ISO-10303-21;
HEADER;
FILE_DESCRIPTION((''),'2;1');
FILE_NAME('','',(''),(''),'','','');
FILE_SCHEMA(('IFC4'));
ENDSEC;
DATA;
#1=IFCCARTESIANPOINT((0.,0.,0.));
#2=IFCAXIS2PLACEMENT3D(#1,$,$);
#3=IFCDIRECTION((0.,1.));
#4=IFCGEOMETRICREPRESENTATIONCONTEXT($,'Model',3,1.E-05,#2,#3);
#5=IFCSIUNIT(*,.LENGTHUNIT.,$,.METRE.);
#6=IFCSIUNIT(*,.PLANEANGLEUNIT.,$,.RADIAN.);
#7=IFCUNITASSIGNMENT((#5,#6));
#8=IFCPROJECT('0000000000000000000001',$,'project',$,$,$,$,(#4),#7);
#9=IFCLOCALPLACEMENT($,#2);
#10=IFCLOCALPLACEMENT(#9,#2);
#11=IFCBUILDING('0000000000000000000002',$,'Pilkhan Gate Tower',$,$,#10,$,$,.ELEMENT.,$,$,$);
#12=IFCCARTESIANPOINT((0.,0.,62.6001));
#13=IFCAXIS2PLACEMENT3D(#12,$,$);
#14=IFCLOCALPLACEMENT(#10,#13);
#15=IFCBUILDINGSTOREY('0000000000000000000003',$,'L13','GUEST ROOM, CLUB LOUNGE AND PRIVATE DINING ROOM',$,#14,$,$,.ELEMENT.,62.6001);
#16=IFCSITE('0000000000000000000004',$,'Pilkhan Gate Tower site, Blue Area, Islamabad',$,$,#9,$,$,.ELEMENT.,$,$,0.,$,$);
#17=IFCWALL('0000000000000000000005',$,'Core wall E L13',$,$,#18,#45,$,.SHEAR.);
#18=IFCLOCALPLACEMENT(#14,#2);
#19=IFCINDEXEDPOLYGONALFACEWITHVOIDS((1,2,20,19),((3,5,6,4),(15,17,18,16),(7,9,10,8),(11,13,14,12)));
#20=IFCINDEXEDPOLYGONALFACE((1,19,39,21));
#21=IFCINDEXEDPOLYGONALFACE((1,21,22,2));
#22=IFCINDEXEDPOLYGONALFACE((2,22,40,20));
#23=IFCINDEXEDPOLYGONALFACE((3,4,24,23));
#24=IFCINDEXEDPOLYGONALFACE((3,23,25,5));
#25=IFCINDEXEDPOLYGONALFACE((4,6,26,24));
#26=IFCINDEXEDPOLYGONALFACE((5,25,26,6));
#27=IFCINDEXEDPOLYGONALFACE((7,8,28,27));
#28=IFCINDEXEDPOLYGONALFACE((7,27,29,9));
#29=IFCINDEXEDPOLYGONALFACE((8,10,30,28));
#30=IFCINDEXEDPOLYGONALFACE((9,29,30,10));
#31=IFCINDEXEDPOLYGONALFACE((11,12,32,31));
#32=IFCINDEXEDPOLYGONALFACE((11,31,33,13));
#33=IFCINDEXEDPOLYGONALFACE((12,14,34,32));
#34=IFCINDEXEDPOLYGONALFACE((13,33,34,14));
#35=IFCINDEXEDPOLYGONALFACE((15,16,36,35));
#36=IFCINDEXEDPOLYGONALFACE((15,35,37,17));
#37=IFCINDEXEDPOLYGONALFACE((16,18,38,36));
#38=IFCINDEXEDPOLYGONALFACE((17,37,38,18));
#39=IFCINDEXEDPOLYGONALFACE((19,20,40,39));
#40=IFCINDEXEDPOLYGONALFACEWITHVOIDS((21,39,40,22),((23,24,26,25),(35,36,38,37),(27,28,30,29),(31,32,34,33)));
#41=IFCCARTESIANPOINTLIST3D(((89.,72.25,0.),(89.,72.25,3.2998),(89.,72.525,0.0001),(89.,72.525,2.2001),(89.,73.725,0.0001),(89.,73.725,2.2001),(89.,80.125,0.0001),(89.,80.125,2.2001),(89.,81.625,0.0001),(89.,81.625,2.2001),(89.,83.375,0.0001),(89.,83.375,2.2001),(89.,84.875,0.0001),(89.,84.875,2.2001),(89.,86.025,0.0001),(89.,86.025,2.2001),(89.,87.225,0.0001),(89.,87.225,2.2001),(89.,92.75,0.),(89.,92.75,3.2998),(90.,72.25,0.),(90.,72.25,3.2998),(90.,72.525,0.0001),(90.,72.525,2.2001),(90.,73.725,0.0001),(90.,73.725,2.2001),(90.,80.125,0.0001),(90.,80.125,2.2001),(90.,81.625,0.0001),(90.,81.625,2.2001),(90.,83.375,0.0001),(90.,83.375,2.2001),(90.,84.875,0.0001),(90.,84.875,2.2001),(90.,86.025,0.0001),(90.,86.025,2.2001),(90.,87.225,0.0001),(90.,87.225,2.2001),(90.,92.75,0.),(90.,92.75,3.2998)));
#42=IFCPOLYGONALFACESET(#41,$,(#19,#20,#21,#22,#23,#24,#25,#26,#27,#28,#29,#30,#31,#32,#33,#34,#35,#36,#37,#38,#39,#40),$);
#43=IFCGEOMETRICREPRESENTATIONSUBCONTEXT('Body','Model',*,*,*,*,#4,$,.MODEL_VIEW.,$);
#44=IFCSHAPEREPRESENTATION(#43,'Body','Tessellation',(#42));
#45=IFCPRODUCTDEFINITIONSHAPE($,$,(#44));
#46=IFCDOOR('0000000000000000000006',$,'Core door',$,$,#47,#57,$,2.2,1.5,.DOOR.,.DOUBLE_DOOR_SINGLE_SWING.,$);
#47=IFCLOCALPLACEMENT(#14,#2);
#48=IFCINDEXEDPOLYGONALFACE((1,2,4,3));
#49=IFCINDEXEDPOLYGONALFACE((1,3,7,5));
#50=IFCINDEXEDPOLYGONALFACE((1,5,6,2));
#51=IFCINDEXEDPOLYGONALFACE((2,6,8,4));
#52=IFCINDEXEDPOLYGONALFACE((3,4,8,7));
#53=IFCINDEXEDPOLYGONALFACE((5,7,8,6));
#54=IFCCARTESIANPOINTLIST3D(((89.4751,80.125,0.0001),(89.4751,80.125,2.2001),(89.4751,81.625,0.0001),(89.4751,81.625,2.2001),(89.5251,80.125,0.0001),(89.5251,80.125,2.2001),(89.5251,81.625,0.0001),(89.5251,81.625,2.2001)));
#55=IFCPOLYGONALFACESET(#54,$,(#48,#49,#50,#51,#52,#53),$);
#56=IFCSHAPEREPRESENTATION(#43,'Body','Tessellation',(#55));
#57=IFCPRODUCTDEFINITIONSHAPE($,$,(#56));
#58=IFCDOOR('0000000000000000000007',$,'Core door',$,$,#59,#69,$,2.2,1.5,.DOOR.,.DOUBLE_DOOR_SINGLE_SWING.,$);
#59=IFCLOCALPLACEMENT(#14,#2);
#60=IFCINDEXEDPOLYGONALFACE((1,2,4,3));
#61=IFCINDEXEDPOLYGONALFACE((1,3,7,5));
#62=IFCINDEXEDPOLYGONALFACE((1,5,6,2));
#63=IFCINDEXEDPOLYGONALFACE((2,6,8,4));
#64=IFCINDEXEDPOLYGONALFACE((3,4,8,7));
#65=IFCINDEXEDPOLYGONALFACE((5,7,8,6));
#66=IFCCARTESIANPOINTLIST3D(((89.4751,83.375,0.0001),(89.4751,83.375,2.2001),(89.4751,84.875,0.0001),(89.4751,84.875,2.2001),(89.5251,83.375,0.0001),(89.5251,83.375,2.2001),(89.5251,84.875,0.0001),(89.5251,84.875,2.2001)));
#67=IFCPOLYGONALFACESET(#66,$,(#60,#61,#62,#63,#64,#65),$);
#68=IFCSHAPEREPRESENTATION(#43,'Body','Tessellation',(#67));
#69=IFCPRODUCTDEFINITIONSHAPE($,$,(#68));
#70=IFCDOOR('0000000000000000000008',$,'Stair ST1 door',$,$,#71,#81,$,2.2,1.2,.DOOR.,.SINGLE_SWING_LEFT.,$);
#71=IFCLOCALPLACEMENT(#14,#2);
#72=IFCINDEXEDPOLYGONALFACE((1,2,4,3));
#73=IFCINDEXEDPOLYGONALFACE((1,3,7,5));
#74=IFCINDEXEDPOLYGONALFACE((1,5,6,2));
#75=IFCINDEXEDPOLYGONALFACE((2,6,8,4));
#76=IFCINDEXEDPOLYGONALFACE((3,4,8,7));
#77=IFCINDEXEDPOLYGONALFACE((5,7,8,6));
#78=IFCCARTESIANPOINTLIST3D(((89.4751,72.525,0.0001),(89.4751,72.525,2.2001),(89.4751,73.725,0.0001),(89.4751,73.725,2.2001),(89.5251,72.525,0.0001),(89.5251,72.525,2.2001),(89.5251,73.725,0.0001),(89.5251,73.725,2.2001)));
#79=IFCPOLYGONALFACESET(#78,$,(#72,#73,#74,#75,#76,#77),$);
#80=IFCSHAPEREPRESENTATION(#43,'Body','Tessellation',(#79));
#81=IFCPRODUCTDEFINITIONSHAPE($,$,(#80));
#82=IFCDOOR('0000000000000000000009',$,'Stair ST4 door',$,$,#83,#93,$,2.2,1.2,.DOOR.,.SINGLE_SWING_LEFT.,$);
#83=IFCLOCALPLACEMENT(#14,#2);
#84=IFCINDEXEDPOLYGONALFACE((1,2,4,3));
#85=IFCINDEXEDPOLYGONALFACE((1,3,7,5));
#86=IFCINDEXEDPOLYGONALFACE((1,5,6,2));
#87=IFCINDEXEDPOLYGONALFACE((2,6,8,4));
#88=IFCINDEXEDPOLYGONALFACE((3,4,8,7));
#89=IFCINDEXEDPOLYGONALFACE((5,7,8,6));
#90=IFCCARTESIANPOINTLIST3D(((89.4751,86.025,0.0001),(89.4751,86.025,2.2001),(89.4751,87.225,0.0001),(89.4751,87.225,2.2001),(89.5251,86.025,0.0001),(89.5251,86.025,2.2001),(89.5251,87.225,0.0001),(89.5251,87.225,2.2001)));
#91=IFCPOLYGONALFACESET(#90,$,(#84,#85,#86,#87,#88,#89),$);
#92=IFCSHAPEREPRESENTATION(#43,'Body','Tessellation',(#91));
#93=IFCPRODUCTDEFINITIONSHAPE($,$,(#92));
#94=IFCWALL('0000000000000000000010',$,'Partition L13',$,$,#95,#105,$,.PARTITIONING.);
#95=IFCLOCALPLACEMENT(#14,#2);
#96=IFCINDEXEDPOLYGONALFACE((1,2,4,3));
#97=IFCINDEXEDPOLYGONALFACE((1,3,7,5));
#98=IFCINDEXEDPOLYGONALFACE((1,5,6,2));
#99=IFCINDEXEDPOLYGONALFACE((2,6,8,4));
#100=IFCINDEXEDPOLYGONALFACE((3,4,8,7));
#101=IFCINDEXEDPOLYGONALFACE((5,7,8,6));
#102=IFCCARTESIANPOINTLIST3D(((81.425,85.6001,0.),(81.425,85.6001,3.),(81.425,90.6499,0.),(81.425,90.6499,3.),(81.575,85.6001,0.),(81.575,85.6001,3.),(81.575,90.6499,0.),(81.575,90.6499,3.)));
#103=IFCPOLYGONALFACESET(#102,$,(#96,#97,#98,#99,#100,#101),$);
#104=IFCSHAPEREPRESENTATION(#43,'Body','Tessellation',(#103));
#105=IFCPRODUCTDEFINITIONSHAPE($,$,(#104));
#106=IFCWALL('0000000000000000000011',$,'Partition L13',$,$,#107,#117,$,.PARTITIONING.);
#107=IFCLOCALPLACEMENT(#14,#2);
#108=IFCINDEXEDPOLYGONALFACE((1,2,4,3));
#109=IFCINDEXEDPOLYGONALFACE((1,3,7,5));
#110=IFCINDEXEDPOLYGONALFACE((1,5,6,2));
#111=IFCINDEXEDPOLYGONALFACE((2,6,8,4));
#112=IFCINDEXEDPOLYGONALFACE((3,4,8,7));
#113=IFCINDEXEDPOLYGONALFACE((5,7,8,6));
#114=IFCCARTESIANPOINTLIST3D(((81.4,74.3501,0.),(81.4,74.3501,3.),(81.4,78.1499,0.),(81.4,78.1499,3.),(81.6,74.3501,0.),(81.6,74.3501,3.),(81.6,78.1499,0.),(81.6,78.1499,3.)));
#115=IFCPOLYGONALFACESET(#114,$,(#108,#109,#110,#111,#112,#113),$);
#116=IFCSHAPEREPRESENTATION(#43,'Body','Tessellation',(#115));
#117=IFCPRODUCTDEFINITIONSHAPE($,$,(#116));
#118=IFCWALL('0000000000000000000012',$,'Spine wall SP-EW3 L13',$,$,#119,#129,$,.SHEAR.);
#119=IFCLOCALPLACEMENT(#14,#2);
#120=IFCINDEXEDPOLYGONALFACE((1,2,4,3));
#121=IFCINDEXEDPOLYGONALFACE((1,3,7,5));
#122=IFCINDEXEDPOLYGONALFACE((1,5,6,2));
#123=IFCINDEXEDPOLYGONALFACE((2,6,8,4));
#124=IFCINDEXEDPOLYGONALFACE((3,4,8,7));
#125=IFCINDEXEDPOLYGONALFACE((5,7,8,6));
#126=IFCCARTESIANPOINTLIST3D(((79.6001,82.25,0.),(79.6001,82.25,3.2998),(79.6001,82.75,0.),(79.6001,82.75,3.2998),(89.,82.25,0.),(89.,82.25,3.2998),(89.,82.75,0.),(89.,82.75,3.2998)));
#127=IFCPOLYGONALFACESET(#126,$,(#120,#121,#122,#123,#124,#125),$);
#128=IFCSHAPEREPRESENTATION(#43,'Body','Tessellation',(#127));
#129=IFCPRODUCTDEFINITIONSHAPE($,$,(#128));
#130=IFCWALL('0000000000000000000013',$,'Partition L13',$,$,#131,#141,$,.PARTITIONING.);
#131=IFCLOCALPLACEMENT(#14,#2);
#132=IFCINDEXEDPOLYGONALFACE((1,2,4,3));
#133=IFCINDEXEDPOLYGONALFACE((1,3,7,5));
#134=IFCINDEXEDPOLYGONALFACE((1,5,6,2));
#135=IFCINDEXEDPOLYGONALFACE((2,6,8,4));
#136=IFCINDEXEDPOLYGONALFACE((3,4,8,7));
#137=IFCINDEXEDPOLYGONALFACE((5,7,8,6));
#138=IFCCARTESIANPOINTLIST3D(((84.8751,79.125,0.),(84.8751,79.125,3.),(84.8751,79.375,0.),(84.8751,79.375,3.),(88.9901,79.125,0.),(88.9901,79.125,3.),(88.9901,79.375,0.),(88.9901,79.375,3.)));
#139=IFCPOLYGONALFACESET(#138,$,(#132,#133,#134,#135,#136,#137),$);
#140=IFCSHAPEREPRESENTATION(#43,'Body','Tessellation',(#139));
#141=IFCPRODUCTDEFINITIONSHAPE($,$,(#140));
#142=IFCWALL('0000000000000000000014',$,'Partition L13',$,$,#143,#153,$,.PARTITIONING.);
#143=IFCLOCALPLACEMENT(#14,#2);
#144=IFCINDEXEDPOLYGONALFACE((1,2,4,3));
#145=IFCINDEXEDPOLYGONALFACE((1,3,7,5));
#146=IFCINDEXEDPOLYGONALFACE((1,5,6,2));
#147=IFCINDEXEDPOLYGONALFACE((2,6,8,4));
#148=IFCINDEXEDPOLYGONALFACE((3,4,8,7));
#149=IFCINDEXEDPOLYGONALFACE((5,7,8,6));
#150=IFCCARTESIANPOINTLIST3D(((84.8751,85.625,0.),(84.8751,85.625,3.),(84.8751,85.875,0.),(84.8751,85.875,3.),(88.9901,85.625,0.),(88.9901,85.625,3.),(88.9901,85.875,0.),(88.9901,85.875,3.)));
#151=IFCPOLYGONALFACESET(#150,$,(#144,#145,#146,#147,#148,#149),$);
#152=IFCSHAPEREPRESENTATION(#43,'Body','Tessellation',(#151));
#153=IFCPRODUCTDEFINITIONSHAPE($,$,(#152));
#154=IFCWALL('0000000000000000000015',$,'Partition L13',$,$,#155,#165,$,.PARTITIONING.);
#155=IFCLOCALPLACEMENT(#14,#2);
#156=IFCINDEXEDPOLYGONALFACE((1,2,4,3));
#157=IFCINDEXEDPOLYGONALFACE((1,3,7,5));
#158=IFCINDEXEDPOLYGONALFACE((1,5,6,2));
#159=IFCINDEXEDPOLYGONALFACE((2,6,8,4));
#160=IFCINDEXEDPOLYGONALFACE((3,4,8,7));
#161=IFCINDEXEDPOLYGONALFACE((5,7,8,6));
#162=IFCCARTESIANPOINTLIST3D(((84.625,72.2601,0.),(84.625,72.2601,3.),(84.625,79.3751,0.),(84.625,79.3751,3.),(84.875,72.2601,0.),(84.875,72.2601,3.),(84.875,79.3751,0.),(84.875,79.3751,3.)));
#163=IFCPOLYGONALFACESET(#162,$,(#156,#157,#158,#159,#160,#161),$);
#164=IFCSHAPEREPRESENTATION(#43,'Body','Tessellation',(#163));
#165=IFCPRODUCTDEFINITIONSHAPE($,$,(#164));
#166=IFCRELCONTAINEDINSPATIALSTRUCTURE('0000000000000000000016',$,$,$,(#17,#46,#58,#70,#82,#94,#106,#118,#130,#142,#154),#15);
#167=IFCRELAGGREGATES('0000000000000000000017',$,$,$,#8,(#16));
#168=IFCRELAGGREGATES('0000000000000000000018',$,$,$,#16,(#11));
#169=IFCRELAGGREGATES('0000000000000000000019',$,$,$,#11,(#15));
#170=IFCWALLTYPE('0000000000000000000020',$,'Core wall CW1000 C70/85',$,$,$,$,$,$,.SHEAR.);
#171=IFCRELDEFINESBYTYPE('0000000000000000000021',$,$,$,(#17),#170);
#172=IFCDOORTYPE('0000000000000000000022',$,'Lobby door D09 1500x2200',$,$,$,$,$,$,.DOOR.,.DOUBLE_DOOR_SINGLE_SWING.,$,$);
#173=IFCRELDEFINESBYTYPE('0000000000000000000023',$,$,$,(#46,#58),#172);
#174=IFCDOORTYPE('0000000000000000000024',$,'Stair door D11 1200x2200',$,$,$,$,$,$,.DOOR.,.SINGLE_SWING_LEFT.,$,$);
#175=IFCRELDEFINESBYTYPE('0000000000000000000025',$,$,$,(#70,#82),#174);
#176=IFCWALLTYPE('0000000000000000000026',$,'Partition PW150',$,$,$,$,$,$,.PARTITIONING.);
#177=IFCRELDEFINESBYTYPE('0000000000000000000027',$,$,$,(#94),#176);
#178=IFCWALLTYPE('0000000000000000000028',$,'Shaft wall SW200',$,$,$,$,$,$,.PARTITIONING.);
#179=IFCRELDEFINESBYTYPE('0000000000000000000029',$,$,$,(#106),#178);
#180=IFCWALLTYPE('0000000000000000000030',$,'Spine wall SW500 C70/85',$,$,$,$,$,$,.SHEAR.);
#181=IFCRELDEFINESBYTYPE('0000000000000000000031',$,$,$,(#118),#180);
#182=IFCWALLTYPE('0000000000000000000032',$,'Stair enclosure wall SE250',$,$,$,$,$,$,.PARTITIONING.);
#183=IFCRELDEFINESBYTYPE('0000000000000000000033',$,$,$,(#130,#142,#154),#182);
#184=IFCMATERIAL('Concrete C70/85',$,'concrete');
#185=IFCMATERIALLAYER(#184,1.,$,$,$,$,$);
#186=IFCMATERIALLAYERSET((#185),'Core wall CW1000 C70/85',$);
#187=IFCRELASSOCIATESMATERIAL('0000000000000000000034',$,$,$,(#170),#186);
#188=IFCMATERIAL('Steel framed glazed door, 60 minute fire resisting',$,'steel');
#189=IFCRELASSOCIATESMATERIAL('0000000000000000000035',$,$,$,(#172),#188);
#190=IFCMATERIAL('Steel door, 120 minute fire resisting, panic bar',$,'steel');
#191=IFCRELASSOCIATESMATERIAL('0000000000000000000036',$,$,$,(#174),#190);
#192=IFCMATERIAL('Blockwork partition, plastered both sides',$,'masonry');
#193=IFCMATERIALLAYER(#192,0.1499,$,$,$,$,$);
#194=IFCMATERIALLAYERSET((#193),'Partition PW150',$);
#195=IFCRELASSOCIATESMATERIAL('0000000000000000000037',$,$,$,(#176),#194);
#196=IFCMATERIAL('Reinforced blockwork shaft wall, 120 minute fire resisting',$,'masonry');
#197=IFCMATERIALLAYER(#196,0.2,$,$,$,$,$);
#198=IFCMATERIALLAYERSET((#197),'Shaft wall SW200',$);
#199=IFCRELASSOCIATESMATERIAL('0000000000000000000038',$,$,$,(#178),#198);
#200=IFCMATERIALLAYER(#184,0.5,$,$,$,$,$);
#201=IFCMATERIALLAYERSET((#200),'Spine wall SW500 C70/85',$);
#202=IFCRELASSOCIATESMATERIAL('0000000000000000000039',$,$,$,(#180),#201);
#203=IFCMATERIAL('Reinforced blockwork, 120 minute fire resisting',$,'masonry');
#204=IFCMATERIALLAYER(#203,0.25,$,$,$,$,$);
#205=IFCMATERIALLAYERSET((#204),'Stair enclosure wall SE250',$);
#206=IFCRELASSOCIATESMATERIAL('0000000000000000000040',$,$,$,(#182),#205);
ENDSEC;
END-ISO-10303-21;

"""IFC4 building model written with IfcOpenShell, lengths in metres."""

from ifc_helpers import new_model, si_unit, direction, frame, frame_2d, origin, place, context, subcontext, project, spatial, rectangle, extrude, material, layer, layer_set, type_object, element, fill, save


model = new_model("IFC4")

# Units and contexts
model_context = context("Model", 3, precision=1e-05, world=origin(), true_north=direction((0.0, 1.0)))
body_context = subcontext(model_context, "Body", "Model", "MODEL_VIEW")
ifc_project = project(units=[si_unit("LENGTHUNIT", "METRE"), si_unit("PLANEANGLEUNIT", "RADIAN")], contexts=[model_context])

# Site, building, storey
site_placement = place(None, origin())
site = spatial("IfcSite", under=ifc_project, at=site_placement, Name="Pilkhan Gate Tower site, Blue Area, Islamabad", CompositionType="ELEMENT", RefElevation=0.0)
building_placement = place(site_placement, origin())
building = spatial("IfcBuilding", under=site, at=building_placement, Name="Pilkhan Gate Tower", CompositionType="ELEMENT")
storey_placement = place(building_placement, frame((0.0, 0.0, 62.6001)))
storey = spatial("IfcBuildingStorey", under=building, at=storey_placement, Name="L13", Description="GUEST ROOM, CLUB LOUNGE AND PRIVATE DINING ROOM", CompositionType="ELEMENT", Elevation=62.6001)

# Wall, openings, doors
ifc_material_1 = material(Name="Concrete C70/85", Category="concrete")
ifc_layer_1 = layer(ifc_material_1, 1.0)
ifc_layer_set_1 = layer_set([ifc_layer_1], Name="Core wall CW1000 C70/85")
wall_type_1 = type_object("IfcWallType", Name="Core wall CW1000 C70/85", PredefinedType="SHEAR", material=ifc_layer_set_1)
wall_1_placement = place(storey_placement, frame((89.5, 72.25, 0.0), z_axis=(0.0, 0.0, 1.0), x_axis=(0.0, 1.0, 0.0)))
wall_1 = element("IfcWall", 1, at=wall_1_placement, inside=storey, type_object=wall_type_1, Name="Core wall E L13", PredefinedType="SHEAR", context=body_context, shape_type="SweptSolid", body=[
    extrude(rectangle(XDim=20.5, YDim=1.0, at=frame_2d((10.25, 0.0))), origin(), (0.0, 0.0, 1.0), 3.2998),
])
opening_1_placement = place(wall_1_placement, frame((0.2749, 0.0, 0.0)))
opening_1 = element("IfcOpeningElement", 2, at=opening_1_placement, cuts=wall_1, PredefinedType="OPENING", context=body_context, shape_type="SweptSolid", body=[
    extrude(rectangle(XDim=1.2, YDim=2.2, at=frame_2d((0.6001, 1.1001))), frame((0.0, 0.51, 0.0), z_axis=(0.0, -1.0, 0.0), x_axis=(1.0, 0.0, 0.0)), (0.0, 0.0, 1.0), 1.02),
])
opening_2_placement = place(wall_1_placement, frame((13.7749, 0.0, 0.0)))
opening_2 = element("IfcOpeningElement", 3, at=opening_2_placement, cuts=wall_1, PredefinedType="OPENING", context=body_context, shape_type="SweptSolid", body=[
    extrude(rectangle(XDim=1.2, YDim=2.2, at=frame_2d((0.6001, 1.1001))), frame((0.0, 0.51, 0.0), z_axis=(0.0, -1.0, 0.0), x_axis=(1.0, 0.0, 0.0)), (0.0, 0.0, 1.0), 1.02),
])
opening_3_placement = place(wall_1_placement, frame((7.875, 0.0, 0.0)))
opening_3 = element("IfcOpeningElement", 4, at=opening_3_placement, cuts=wall_1, PredefinedType="OPENING", context=body_context, shape_type="SweptSolid", body=[
    extrude(rectangle(XDim=1.5, YDim=2.2, at=frame_2d((0.75, 1.1001))), frame((0.0, 0.51, 0.0), z_axis=(0.0, -1.0, 0.0), x_axis=(1.0, 0.0, 0.0)), (0.0, 0.0, 1.0), 1.02),
])
opening_4_placement = place(wall_1_placement, frame((11.125, 0.0, 0.0)))
opening_4 = element("IfcOpeningElement", 5, at=opening_4_placement, cuts=wall_1, PredefinedType="OPENING", context=body_context, shape_type="SweptSolid", body=[
    extrude(rectangle(XDim=1.5, YDim=2.2, at=frame_2d((0.75, 1.1001))), frame((0.0, 0.51, 0.0), z_axis=(0.0, -1.0, 0.0), x_axis=(1.0, 0.0, 0.0)), (0.0, 0.0, 1.0), 1.02),
])
ifc_material_2 = material(Name="Steel framed glazed door, 60 minute fire resisting", Category="steel")
door_type_1 = type_object("IfcDoorType", Name="Lobby door D09 1500x2200", OperationType="DOUBLE_DOOR_SINGLE_SWING", PredefinedType="DOOR", material=ifc_material_2)
door_1_placement = place(opening_3_placement, origin())
door_1 = element("IfcDoor", 6, at=door_1_placement, inside=storey, type_object=door_type_1, Name="Core door", OperationType="DOUBLE_DOOR_SINGLE_SWING", OverallHeight=2.2, OverallWidth=1.5, PredefinedType="DOOR", context=body_context, shape_type="SweptSolid", body=[
    extrude(rectangle(XDim=1.5, YDim=2.2, at=frame_2d((0.75, 1.1001))), frame((0.0, 0.0249, 0.0), z_axis=(0.0, -1.0, 0.0), x_axis=(1.0, 0.0, 0.0)), (0.0, 0.0, 1.0), 0.05),
])
fill(opening_3, door_1)
door_2_placement = place(opening_4_placement, origin())
door_2 = element("IfcDoor", 7, at=door_2_placement, inside=storey, type_object=door_type_1, Name="Core door", OperationType="DOUBLE_DOOR_SINGLE_SWING", OverallHeight=2.2, OverallWidth=1.5, PredefinedType="DOOR", context=body_context, shape_type="SweptSolid", body=[
    extrude(rectangle(XDim=1.5, YDim=2.2, at=frame_2d((0.75, 1.1001))), frame((0.0, 0.0249, 0.0), z_axis=(0.0, -1.0, 0.0), x_axis=(1.0, 0.0, 0.0)), (0.0, 0.0, 1.0), 0.05),
])
fill(opening_4, door_2)
ifc_material_3 = material(Name="Steel door, 120 minute fire resisting, panic bar", Category="steel")
door_type_2 = type_object("IfcDoorType", Name="Stair door D11 1200x2200", OperationType="SINGLE_SWING_LEFT", PredefinedType="DOOR", material=ifc_material_3)
door_3_placement = place(opening_1_placement, origin())
door_3 = element("IfcDoor", 8, at=door_3_placement, inside=storey, type_object=door_type_2, Name="Stair ST1 door", OperationType="SINGLE_SWING_LEFT", OverallHeight=2.2, OverallWidth=1.2, PredefinedType="DOOR", context=body_context, shape_type="SweptSolid", body=[
    extrude(rectangle(XDim=1.2, YDim=2.2, at=frame_2d((0.6001, 1.1001))), frame((0.0, 0.0249, 0.0), z_axis=(0.0, -1.0, 0.0), x_axis=(1.0, 0.0, 0.0)), (0.0, 0.0, 1.0), 0.05),
])
fill(opening_1, door_3)
door_4_placement = place(opening_2_placement, origin())
door_4 = element("IfcDoor", 9, at=door_4_placement, inside=storey, type_object=door_type_2, Name="Stair ST4 door", OperationType="SINGLE_SWING_LEFT", OverallHeight=2.2, OverallWidth=1.2, PredefinedType="DOOR", context=body_context, shape_type="SweptSolid", body=[
    extrude(rectangle(XDim=1.2, YDim=2.2, at=frame_2d((0.6001, 1.1001))), frame((0.0, 0.0249, 0.0), z_axis=(0.0, -1.0, 0.0), x_axis=(1.0, 0.0, 0.0)), (0.0, 0.0, 1.0), 0.05),
])
fill(opening_2, door_4)

# Walls
ifc_material_4 = material(Name="Blockwork partition, plastered both sides", Category="masonry")
ifc_layer_2 = layer(ifc_material_4, 0.1499)
ifc_layer_set_2 = layer_set([ifc_layer_2], Name="Partition PW150")
wall_type_2 = type_object("IfcWallType", Name="Partition PW150", PredefinedType="PARTITIONING", material=ifc_layer_set_2)
wall_2_placement = place(storey_placement, frame((81.5, 85.6001, 0.0), z_axis=(0.0, 0.0, 1.0), x_axis=(0.0, 1.0, 0.0)))
element("IfcWall", 10, at=wall_2_placement, inside=storey, type_object=wall_type_2, Name="Partition L13", PredefinedType="PARTITIONING", context=body_context, shape_type="SweptSolid", body=[
    extrude(rectangle(XDim=5.0498, YDim=0.1499, at=frame_2d((2.5249, 0.0))), origin(), (0.0, 0.0, 1.0), 3.0),
])
ifc_material_5 = material(Name="Reinforced blockwork shaft wall, 120 minute fire resisting", Category="masonry")
ifc_layer_3 = layer(ifc_material_5, 0.2)
ifc_layer_set_3 = layer_set([ifc_layer_3], Name="Shaft wall SW200")
wall_type_3 = type_object("IfcWallType", Name="Shaft wall SW200", PredefinedType="PARTITIONING", material=ifc_layer_set_3)
wall_3_placement = place(storey_placement, frame((81.5, 74.3501, 0.0), z_axis=(0.0, 0.0, 1.0), x_axis=(0.0, 1.0, 0.0)))
element("IfcWall", 11, at=wall_3_placement, inside=storey, type_object=wall_type_3, Name="Partition L13", PredefinedType="PARTITIONING", context=body_context, shape_type="SweptSolid", body=[
    extrude(rectangle(XDim=3.7998, YDim=0.2, at=frame_2d((1.8999, 0.0))), origin(), (0.0, 0.0, 1.0), 3.0),
])
ifc_layer_4 = layer(ifc_material_1, 0.5)
ifc_layer_set_4 = layer_set([ifc_layer_4], Name="Spine wall SW500 C70/85")
wall_type_4 = type_object("IfcWallType", Name="Spine wall SW500 C70/85", PredefinedType="SHEAR", material=ifc_layer_set_4)
wall_4_placement = place(storey_placement, frame((79.6001, 82.5, 0.0), z_axis=(0.0, 0.0, 1.0), x_axis=(1.0, 0.0, 0.0)))
element("IfcWall", 12, at=wall_4_placement, inside=storey, type_object=wall_type_4, Name="Spine wall SP-EW3 L13", PredefinedType="SHEAR", context=body_context, shape_type="SweptSolid", body=[
    extrude(rectangle(XDim=9.3999, YDim=0.5, at=frame_2d((4.7, 0.0))), origin(), (0.0, 0.0, 1.0), 3.2998),
])
ifc_material_6 = material(Name="Reinforced blockwork, 120 minute fire resisting", Category="masonry")
ifc_layer_5 = layer(ifc_material_6, 0.25)
ifc_layer_set_5 = layer_set([ifc_layer_5], Name="Stair enclosure wall SE250")
wall_type_5 = type_object("IfcWallType", Name="Stair enclosure wall SE250", PredefinedType="PARTITIONING", material=ifc_layer_set_5)
for number, where, z_axis, x_axis, name in (
    (13, (84.875, 79.25, 0.0), (0.0, 0.0, 1.0), (1.0, 0.0, 0.0), "Partition L13"),
    (14, (84.875, 85.75, 0.0), (0.0, 0.0, 1.0), (1.0, 0.0, 0.0), "Partition L13"),
):
    element("IfcWall", number, at=place(storey_placement, frame(where, z_axis=z_axis, x_axis=x_axis)), inside=storey, type_object=wall_type_5, Name=name, PredefinedType="PARTITIONING", context=body_context, shape_type="SweptSolid", body=[
        extrude(rectangle(XDim=4.115, YDim=0.25, at=frame_2d((2.0576, 0.0))), origin(), (0.0, 0.0, 1.0), 3.0),
    ])
for number, where, z_axis, x_axis, name in (
    (15, (84.75, 72.26, 0.0), (0.0, 0.0, 1.0), (0.0, 1.0, 0.0), "Partition L13"),
):
    element("IfcWall", number, at=place(storey_placement, frame(where, z_axis=z_axis, x_axis=x_axis)), inside=storey, type_object=wall_type_5, Name=name, PredefinedType="PARTITIONING", context=body_context, shape_type="SweptSolid", body=[
        extrude(rectangle(XDim=7.115, YDim=0.25, at=frame_2d((3.5576, 0.0))), origin(), (0.0, 0.0, 1.0), 3.0),
    ])

save(model, "model.ifc")
